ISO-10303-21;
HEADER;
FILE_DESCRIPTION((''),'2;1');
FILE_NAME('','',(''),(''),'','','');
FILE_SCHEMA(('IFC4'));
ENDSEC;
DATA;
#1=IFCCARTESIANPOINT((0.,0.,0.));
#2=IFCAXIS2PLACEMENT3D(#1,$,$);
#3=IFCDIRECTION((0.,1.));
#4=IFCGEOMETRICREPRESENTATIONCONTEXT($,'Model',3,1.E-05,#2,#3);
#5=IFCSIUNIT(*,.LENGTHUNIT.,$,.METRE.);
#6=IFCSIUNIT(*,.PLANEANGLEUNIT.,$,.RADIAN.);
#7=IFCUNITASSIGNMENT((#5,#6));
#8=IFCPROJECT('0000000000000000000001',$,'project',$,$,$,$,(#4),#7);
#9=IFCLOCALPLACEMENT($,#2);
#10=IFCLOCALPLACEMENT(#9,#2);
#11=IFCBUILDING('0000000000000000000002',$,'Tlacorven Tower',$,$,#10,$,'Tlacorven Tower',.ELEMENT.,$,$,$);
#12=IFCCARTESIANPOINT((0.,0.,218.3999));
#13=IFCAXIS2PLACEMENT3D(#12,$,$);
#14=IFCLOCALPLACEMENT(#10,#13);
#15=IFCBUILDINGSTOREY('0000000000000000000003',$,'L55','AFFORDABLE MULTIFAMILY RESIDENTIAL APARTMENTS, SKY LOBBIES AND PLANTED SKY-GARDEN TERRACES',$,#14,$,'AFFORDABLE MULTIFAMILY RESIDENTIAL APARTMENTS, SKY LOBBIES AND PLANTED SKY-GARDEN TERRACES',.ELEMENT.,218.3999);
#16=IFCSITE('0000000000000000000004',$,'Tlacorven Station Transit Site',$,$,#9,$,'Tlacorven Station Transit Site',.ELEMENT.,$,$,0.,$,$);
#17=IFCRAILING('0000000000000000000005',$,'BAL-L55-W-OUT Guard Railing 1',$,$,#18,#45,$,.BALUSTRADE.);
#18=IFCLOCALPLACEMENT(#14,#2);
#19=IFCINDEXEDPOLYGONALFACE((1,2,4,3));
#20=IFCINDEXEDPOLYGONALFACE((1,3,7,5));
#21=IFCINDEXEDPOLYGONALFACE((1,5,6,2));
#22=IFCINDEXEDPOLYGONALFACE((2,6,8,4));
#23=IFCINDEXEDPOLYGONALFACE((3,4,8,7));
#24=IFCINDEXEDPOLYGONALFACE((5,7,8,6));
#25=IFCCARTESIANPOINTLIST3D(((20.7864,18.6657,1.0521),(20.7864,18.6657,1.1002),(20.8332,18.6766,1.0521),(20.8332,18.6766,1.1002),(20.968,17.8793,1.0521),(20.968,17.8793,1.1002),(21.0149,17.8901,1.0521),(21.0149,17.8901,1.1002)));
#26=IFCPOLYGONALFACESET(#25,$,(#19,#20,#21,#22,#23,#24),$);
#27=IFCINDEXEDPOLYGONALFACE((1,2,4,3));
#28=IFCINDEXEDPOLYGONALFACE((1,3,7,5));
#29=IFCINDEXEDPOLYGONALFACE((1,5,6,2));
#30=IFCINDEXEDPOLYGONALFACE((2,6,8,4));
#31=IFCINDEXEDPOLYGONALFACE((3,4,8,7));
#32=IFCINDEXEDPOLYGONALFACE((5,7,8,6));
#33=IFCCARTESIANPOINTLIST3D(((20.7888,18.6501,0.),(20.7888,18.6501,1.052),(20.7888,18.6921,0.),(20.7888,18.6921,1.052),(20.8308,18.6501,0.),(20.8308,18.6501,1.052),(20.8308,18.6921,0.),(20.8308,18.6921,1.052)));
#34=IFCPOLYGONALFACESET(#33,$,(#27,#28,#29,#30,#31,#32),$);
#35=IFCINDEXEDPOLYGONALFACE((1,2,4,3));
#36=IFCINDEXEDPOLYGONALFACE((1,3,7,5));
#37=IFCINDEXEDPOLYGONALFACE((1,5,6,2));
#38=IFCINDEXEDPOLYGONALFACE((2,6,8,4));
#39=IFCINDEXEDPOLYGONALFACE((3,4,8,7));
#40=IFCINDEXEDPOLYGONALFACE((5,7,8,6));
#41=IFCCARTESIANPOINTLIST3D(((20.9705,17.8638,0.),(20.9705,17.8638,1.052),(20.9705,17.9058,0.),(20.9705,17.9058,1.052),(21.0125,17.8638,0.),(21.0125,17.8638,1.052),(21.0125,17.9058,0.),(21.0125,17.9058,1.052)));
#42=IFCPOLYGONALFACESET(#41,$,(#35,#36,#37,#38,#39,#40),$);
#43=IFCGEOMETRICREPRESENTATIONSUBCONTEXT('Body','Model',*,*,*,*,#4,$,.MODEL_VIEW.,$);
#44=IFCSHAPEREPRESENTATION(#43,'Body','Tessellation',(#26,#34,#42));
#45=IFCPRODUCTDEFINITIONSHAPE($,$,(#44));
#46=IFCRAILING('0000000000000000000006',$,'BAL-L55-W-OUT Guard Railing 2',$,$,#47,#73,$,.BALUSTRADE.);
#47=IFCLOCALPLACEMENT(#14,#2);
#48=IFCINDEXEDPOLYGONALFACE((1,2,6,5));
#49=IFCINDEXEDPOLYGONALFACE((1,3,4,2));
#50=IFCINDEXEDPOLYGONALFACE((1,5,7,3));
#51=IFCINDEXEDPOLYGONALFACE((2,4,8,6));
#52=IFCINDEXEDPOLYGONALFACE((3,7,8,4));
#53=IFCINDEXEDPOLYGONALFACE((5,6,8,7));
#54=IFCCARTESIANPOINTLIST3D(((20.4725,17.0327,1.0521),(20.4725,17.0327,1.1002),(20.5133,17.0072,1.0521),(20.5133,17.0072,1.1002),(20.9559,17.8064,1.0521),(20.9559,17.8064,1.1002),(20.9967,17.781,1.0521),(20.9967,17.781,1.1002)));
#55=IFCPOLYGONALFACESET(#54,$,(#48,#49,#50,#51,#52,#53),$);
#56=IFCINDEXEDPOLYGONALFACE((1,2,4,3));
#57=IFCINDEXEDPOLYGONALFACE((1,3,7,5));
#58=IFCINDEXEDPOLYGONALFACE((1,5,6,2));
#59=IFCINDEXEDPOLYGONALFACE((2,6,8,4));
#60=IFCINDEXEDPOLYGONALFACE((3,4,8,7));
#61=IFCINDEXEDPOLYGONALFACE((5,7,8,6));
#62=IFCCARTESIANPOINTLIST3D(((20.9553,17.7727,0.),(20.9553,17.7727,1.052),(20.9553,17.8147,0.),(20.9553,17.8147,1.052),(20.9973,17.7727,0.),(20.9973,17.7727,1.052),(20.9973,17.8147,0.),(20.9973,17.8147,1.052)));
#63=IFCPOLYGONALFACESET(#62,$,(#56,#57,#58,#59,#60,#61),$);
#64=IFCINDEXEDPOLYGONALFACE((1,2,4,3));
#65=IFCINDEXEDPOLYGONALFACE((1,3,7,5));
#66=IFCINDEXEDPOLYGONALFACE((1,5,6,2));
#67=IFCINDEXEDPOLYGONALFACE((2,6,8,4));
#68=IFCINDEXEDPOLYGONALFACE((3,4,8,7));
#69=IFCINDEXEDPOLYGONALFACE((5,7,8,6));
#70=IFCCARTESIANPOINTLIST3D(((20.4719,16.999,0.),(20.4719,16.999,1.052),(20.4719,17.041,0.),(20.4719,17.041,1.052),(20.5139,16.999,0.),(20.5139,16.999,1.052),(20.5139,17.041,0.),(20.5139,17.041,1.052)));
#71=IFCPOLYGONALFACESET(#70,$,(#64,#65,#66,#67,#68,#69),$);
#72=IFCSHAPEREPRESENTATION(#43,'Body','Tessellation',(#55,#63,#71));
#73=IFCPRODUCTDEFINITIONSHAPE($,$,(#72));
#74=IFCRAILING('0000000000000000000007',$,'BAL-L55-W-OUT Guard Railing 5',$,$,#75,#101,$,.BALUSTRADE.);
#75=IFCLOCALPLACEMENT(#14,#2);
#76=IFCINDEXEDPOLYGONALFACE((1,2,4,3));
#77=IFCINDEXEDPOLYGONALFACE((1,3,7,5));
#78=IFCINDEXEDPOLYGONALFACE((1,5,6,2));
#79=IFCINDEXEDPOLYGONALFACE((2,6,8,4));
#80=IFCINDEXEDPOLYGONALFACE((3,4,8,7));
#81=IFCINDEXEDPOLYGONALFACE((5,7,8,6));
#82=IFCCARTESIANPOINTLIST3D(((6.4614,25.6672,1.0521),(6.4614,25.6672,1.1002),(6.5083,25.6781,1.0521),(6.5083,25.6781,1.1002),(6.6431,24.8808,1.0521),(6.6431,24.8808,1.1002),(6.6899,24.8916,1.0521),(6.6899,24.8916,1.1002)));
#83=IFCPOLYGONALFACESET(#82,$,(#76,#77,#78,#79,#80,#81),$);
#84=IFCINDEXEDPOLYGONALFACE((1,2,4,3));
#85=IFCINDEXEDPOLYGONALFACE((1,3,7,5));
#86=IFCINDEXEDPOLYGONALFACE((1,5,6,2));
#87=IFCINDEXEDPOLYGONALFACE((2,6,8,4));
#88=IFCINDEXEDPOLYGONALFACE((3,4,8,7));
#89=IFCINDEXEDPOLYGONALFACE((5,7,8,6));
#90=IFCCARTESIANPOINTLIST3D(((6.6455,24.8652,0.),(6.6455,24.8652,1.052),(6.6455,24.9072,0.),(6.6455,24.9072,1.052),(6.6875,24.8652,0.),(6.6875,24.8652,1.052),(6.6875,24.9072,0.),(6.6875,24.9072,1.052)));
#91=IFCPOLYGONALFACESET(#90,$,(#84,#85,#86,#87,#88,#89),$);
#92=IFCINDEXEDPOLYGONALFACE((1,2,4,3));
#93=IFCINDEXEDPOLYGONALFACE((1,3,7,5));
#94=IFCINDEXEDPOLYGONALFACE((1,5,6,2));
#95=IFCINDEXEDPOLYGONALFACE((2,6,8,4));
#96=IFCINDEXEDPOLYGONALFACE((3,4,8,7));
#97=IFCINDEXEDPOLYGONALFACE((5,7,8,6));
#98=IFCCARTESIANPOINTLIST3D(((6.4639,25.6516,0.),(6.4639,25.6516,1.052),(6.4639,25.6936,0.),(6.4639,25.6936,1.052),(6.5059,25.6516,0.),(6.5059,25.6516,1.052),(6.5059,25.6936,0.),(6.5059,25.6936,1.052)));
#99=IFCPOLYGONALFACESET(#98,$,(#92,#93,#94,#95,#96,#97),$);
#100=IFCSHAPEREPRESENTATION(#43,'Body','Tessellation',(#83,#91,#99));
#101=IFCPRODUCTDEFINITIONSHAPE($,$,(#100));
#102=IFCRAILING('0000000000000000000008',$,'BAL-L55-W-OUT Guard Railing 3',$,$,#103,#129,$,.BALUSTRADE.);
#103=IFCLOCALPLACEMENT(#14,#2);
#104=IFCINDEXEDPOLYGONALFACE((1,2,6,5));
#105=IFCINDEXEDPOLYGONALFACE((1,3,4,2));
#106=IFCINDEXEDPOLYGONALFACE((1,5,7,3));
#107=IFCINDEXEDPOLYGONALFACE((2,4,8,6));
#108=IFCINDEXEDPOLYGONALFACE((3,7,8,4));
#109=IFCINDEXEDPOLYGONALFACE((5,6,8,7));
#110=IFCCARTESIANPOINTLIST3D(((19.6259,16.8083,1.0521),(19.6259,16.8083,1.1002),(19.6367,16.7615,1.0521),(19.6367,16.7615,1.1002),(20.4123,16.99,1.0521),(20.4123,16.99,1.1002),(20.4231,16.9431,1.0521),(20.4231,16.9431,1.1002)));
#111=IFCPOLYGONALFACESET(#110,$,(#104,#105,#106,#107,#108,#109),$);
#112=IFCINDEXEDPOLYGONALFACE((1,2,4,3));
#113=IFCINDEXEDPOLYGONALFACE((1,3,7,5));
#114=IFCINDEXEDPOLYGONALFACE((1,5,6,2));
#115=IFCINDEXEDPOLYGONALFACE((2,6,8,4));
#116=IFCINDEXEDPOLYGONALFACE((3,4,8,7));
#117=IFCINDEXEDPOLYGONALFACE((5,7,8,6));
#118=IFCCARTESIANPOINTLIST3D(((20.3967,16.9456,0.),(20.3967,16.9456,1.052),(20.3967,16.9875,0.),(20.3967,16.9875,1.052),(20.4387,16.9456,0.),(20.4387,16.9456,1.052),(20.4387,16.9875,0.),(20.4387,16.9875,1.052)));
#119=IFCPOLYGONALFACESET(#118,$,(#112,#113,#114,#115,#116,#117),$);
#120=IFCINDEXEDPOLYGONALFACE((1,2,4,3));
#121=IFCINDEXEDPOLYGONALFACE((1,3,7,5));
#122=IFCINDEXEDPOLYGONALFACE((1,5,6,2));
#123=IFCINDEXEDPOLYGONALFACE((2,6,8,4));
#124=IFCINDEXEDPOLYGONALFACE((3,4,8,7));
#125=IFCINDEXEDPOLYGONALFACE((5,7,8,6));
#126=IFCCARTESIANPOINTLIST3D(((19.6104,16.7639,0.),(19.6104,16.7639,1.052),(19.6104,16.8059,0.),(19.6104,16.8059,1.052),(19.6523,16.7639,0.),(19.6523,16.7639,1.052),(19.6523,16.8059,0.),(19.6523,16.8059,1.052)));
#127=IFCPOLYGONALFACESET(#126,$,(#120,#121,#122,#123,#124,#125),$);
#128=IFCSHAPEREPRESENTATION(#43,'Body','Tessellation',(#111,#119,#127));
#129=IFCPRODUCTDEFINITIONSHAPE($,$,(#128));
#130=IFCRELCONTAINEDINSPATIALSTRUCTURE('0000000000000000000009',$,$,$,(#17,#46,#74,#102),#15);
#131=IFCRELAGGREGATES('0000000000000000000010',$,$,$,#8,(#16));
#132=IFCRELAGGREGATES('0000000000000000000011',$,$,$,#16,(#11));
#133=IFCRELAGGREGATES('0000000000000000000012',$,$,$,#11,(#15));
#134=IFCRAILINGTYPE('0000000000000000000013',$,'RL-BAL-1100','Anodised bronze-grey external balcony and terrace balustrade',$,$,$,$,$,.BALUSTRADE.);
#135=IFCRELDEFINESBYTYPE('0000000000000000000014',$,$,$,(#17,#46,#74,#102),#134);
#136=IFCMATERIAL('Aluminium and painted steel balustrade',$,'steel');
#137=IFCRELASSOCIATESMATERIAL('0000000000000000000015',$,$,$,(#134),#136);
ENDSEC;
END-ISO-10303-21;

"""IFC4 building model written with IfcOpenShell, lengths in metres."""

from ifc_helpers import new_model, si_unit, direction, frame, origin, origin_2d, place, context, subcontext, project, spatial, rectangle, extrude, source, transform, mapped, material, type_object, element, save


model = new_model("IFC4")

# Units and contexts
model_context = context("Model", 3, precision=1e-05, world=origin(), true_north=direction((0.0, 1.0)))
body_context = subcontext(model_context, "Body", "Model", "MODEL_VIEW")
ifc_project = project(units=[si_unit("LENGTHUNIT", "METRE"), si_unit("PLANEANGLEUNIT", "RADIAN")], contexts=[model_context])

# Site, building, storey
site_placement = place(None, origin())
site = spatial("IfcSite", under=ifc_project, at=site_placement, Name="Tlacorven Station Transit Site", LongName="Tlacorven Station Transit Site", CompositionType="ELEMENT", RefElevation=0.0)
building_placement = place(site_placement, origin())
building = spatial("IfcBuilding", under=site, at=building_placement, Name="Tlacorven Tower", LongName="Tlacorven Tower", CompositionType="ELEMENT")
storey_placement = place(building_placement, frame((0.0, 0.0, 218.3999)))
storey = spatial("IfcBuildingStorey", under=building, at=storey_placement, Name="L55", Description="AFFORDABLE MULTIFAMILY RESIDENTIAL APARTMENTS, SKY LOBBIES AND PLANTED SKY-GARDEN TERRACES", LongName="AFFORDABLE MULTIFAMILY RESIDENTIAL APARTMENTS, SKY LOBBIES AND PLANTED SKY-GARDEN TERRACES", CompositionType="ELEMENT", Elevation=218.3999)

# Railings
ifc_material_1 = material(Name="Aluminium and painted steel balustrade", Category="steel")
railing_type_1 = type_object("IfcRailingType", Name="RL-BAL-1100", Description="Anodised bronze-grey external balcony and terrace balustrade", PredefinedType="BALUSTRADE", material=ifc_material_1)
shared_shape_1 = source(origin(), body_context, "Body", "SweptSolid", [
    extrude(rectangle(XDim=0.0481, YDim=0.0481, at=origin_2d()), frame((0.0, 0.0, 1.0762), z_axis=(0.225058, -0.974345, 0.0), x_axis=(0.974345, 0.225058, 0.0)), (0.0, 0.0, 1.0), 0.8071),
    extrude(rectangle(XDim=0.042, YDim=0.042, at=origin_2d()), origin(), (0.0, 0.0, 1.0), 1.052),
    extrude(rectangle(XDim=0.042, YDim=0.042, at=origin_2d()), frame((0.1816, -0.7864, 0.0)), (0.0, 0.0, 1.0), 1.052),
])
railing_1_placement = place(storey_placement, frame((20.8098, 18.6711, 0.0)))
element("IfcRailing", 1, at=railing_1_placement, inside=storey, type_object=railing_type_1, Name="BAL-L55-W-OUT Guard Railing 1", PredefinedType="BALUSTRADE", context=body_context, shape_type="MappedRepresentation", body=[
    mapped(shared_shape_1, transform((0.0, 0.0, 0.0), scale=1.0)),
])
shared_shape_2 = source(origin(), body_context, "Body", "SweptSolid", [
    extrude(rectangle(XDim=0.0481, YDim=0.0481, at=origin_2d()), frame((0.0, 0.0, 1.0762), z_axis=(-0.529879, -0.848073, 0.0), x_axis=(0.848073, -0.529879, 0.0)), (0.0, 0.0, 1.0), 0.9124),
    extrude(rectangle(XDim=0.042, YDim=0.042, at=origin_2d()), origin(), (0.0, 0.0, 1.0), 1.052),
    extrude(rectangle(XDim=0.042, YDim=0.042, at=origin_2d()), frame((-0.4834, -0.7737, 0.0)), (0.0, 0.0, 1.0), 1.052),
])
railing_2_placement = place(storey_placement, frame((20.9763, 17.7937, 0.0)))
element("IfcRailing", 2, at=railing_2_placement, inside=storey, type_object=railing_type_1, Name="BAL-L55-W-OUT Guard Railing 2", PredefinedType="BALUSTRADE", context=body_context, shape_type="MappedRepresentation", body=[
    mapped(shared_shape_2, transform((0.0, 0.0, 0.0), scale=1.0)),
])
shared_shape_3 = source(origin(), body_context, "Body", "SweptSolid", [
    extrude(rectangle(XDim=0.0481, YDim=0.0481, at=origin_2d()), frame((0.0, 0.0, 1.0762), z_axis=(-0.225058, 0.974345, 0.0), x_axis=(-0.974345, -0.225058, 0.0)), (0.0, 0.0, 1.0), 0.8071),
    extrude(rectangle(XDim=0.042, YDim=0.042, at=origin_2d()), origin(), (0.0, 0.0, 1.0), 1.052),
    extrude(rectangle(XDim=0.042, YDim=0.042, at=origin_2d()), frame((-0.1816, 0.7864, 0.0)), (0.0, 0.0, 1.0), 1.052),
])
railing_3_placement = place(storey_placement, frame((6.6665, 24.8862, 0.0)))
element("IfcRailing", 3, at=railing_3_placement, inside=storey, type_object=railing_type_1, Name="BAL-L55-W-OUT Guard Railing 5", PredefinedType="BALUSTRADE", context=body_context, shape_type="MappedRepresentation", body=[
    mapped(shared_shape_3, transform((0.0, 0.0, 0.0), scale=1.0)),
])
shared_shape_4 = source(origin(), body_context, "Body", "SweptSolid", [
    extrude(rectangle(XDim=0.0481, YDim=0.0481, at=origin_2d()), frame((0.0, 0.0, 1.0762), z_axis=(-0.974345, -0.225058, 0.0), x_axis=(0.225058, -0.974345, 0.0)), (0.0, 0.0, 1.0), 0.8071),
    extrude(rectangle(XDim=0.042, YDim=0.042, at=origin_2d()), origin(), (0.0, 0.0, 1.0), 1.052),
    extrude(rectangle(XDim=0.042, YDim=0.042, at=origin_2d()), frame((-0.7864, -0.1816, 0.0)), (0.0, 0.0, 1.0), 1.052),
])
railing_4_placement = place(storey_placement, frame((20.4177, 16.9666, 0.0)))
element("IfcRailing", 4, at=railing_4_placement, inside=storey, type_object=railing_type_1, Name="BAL-L55-W-OUT Guard Railing 3", PredefinedType="BALUSTRADE", context=body_context, shape_type="MappedRepresentation", body=[
    mapped(shared_shape_4, transform((0.0, 0.0, 0.0), scale=1.0)),
])

save(model, "model.ifc")
